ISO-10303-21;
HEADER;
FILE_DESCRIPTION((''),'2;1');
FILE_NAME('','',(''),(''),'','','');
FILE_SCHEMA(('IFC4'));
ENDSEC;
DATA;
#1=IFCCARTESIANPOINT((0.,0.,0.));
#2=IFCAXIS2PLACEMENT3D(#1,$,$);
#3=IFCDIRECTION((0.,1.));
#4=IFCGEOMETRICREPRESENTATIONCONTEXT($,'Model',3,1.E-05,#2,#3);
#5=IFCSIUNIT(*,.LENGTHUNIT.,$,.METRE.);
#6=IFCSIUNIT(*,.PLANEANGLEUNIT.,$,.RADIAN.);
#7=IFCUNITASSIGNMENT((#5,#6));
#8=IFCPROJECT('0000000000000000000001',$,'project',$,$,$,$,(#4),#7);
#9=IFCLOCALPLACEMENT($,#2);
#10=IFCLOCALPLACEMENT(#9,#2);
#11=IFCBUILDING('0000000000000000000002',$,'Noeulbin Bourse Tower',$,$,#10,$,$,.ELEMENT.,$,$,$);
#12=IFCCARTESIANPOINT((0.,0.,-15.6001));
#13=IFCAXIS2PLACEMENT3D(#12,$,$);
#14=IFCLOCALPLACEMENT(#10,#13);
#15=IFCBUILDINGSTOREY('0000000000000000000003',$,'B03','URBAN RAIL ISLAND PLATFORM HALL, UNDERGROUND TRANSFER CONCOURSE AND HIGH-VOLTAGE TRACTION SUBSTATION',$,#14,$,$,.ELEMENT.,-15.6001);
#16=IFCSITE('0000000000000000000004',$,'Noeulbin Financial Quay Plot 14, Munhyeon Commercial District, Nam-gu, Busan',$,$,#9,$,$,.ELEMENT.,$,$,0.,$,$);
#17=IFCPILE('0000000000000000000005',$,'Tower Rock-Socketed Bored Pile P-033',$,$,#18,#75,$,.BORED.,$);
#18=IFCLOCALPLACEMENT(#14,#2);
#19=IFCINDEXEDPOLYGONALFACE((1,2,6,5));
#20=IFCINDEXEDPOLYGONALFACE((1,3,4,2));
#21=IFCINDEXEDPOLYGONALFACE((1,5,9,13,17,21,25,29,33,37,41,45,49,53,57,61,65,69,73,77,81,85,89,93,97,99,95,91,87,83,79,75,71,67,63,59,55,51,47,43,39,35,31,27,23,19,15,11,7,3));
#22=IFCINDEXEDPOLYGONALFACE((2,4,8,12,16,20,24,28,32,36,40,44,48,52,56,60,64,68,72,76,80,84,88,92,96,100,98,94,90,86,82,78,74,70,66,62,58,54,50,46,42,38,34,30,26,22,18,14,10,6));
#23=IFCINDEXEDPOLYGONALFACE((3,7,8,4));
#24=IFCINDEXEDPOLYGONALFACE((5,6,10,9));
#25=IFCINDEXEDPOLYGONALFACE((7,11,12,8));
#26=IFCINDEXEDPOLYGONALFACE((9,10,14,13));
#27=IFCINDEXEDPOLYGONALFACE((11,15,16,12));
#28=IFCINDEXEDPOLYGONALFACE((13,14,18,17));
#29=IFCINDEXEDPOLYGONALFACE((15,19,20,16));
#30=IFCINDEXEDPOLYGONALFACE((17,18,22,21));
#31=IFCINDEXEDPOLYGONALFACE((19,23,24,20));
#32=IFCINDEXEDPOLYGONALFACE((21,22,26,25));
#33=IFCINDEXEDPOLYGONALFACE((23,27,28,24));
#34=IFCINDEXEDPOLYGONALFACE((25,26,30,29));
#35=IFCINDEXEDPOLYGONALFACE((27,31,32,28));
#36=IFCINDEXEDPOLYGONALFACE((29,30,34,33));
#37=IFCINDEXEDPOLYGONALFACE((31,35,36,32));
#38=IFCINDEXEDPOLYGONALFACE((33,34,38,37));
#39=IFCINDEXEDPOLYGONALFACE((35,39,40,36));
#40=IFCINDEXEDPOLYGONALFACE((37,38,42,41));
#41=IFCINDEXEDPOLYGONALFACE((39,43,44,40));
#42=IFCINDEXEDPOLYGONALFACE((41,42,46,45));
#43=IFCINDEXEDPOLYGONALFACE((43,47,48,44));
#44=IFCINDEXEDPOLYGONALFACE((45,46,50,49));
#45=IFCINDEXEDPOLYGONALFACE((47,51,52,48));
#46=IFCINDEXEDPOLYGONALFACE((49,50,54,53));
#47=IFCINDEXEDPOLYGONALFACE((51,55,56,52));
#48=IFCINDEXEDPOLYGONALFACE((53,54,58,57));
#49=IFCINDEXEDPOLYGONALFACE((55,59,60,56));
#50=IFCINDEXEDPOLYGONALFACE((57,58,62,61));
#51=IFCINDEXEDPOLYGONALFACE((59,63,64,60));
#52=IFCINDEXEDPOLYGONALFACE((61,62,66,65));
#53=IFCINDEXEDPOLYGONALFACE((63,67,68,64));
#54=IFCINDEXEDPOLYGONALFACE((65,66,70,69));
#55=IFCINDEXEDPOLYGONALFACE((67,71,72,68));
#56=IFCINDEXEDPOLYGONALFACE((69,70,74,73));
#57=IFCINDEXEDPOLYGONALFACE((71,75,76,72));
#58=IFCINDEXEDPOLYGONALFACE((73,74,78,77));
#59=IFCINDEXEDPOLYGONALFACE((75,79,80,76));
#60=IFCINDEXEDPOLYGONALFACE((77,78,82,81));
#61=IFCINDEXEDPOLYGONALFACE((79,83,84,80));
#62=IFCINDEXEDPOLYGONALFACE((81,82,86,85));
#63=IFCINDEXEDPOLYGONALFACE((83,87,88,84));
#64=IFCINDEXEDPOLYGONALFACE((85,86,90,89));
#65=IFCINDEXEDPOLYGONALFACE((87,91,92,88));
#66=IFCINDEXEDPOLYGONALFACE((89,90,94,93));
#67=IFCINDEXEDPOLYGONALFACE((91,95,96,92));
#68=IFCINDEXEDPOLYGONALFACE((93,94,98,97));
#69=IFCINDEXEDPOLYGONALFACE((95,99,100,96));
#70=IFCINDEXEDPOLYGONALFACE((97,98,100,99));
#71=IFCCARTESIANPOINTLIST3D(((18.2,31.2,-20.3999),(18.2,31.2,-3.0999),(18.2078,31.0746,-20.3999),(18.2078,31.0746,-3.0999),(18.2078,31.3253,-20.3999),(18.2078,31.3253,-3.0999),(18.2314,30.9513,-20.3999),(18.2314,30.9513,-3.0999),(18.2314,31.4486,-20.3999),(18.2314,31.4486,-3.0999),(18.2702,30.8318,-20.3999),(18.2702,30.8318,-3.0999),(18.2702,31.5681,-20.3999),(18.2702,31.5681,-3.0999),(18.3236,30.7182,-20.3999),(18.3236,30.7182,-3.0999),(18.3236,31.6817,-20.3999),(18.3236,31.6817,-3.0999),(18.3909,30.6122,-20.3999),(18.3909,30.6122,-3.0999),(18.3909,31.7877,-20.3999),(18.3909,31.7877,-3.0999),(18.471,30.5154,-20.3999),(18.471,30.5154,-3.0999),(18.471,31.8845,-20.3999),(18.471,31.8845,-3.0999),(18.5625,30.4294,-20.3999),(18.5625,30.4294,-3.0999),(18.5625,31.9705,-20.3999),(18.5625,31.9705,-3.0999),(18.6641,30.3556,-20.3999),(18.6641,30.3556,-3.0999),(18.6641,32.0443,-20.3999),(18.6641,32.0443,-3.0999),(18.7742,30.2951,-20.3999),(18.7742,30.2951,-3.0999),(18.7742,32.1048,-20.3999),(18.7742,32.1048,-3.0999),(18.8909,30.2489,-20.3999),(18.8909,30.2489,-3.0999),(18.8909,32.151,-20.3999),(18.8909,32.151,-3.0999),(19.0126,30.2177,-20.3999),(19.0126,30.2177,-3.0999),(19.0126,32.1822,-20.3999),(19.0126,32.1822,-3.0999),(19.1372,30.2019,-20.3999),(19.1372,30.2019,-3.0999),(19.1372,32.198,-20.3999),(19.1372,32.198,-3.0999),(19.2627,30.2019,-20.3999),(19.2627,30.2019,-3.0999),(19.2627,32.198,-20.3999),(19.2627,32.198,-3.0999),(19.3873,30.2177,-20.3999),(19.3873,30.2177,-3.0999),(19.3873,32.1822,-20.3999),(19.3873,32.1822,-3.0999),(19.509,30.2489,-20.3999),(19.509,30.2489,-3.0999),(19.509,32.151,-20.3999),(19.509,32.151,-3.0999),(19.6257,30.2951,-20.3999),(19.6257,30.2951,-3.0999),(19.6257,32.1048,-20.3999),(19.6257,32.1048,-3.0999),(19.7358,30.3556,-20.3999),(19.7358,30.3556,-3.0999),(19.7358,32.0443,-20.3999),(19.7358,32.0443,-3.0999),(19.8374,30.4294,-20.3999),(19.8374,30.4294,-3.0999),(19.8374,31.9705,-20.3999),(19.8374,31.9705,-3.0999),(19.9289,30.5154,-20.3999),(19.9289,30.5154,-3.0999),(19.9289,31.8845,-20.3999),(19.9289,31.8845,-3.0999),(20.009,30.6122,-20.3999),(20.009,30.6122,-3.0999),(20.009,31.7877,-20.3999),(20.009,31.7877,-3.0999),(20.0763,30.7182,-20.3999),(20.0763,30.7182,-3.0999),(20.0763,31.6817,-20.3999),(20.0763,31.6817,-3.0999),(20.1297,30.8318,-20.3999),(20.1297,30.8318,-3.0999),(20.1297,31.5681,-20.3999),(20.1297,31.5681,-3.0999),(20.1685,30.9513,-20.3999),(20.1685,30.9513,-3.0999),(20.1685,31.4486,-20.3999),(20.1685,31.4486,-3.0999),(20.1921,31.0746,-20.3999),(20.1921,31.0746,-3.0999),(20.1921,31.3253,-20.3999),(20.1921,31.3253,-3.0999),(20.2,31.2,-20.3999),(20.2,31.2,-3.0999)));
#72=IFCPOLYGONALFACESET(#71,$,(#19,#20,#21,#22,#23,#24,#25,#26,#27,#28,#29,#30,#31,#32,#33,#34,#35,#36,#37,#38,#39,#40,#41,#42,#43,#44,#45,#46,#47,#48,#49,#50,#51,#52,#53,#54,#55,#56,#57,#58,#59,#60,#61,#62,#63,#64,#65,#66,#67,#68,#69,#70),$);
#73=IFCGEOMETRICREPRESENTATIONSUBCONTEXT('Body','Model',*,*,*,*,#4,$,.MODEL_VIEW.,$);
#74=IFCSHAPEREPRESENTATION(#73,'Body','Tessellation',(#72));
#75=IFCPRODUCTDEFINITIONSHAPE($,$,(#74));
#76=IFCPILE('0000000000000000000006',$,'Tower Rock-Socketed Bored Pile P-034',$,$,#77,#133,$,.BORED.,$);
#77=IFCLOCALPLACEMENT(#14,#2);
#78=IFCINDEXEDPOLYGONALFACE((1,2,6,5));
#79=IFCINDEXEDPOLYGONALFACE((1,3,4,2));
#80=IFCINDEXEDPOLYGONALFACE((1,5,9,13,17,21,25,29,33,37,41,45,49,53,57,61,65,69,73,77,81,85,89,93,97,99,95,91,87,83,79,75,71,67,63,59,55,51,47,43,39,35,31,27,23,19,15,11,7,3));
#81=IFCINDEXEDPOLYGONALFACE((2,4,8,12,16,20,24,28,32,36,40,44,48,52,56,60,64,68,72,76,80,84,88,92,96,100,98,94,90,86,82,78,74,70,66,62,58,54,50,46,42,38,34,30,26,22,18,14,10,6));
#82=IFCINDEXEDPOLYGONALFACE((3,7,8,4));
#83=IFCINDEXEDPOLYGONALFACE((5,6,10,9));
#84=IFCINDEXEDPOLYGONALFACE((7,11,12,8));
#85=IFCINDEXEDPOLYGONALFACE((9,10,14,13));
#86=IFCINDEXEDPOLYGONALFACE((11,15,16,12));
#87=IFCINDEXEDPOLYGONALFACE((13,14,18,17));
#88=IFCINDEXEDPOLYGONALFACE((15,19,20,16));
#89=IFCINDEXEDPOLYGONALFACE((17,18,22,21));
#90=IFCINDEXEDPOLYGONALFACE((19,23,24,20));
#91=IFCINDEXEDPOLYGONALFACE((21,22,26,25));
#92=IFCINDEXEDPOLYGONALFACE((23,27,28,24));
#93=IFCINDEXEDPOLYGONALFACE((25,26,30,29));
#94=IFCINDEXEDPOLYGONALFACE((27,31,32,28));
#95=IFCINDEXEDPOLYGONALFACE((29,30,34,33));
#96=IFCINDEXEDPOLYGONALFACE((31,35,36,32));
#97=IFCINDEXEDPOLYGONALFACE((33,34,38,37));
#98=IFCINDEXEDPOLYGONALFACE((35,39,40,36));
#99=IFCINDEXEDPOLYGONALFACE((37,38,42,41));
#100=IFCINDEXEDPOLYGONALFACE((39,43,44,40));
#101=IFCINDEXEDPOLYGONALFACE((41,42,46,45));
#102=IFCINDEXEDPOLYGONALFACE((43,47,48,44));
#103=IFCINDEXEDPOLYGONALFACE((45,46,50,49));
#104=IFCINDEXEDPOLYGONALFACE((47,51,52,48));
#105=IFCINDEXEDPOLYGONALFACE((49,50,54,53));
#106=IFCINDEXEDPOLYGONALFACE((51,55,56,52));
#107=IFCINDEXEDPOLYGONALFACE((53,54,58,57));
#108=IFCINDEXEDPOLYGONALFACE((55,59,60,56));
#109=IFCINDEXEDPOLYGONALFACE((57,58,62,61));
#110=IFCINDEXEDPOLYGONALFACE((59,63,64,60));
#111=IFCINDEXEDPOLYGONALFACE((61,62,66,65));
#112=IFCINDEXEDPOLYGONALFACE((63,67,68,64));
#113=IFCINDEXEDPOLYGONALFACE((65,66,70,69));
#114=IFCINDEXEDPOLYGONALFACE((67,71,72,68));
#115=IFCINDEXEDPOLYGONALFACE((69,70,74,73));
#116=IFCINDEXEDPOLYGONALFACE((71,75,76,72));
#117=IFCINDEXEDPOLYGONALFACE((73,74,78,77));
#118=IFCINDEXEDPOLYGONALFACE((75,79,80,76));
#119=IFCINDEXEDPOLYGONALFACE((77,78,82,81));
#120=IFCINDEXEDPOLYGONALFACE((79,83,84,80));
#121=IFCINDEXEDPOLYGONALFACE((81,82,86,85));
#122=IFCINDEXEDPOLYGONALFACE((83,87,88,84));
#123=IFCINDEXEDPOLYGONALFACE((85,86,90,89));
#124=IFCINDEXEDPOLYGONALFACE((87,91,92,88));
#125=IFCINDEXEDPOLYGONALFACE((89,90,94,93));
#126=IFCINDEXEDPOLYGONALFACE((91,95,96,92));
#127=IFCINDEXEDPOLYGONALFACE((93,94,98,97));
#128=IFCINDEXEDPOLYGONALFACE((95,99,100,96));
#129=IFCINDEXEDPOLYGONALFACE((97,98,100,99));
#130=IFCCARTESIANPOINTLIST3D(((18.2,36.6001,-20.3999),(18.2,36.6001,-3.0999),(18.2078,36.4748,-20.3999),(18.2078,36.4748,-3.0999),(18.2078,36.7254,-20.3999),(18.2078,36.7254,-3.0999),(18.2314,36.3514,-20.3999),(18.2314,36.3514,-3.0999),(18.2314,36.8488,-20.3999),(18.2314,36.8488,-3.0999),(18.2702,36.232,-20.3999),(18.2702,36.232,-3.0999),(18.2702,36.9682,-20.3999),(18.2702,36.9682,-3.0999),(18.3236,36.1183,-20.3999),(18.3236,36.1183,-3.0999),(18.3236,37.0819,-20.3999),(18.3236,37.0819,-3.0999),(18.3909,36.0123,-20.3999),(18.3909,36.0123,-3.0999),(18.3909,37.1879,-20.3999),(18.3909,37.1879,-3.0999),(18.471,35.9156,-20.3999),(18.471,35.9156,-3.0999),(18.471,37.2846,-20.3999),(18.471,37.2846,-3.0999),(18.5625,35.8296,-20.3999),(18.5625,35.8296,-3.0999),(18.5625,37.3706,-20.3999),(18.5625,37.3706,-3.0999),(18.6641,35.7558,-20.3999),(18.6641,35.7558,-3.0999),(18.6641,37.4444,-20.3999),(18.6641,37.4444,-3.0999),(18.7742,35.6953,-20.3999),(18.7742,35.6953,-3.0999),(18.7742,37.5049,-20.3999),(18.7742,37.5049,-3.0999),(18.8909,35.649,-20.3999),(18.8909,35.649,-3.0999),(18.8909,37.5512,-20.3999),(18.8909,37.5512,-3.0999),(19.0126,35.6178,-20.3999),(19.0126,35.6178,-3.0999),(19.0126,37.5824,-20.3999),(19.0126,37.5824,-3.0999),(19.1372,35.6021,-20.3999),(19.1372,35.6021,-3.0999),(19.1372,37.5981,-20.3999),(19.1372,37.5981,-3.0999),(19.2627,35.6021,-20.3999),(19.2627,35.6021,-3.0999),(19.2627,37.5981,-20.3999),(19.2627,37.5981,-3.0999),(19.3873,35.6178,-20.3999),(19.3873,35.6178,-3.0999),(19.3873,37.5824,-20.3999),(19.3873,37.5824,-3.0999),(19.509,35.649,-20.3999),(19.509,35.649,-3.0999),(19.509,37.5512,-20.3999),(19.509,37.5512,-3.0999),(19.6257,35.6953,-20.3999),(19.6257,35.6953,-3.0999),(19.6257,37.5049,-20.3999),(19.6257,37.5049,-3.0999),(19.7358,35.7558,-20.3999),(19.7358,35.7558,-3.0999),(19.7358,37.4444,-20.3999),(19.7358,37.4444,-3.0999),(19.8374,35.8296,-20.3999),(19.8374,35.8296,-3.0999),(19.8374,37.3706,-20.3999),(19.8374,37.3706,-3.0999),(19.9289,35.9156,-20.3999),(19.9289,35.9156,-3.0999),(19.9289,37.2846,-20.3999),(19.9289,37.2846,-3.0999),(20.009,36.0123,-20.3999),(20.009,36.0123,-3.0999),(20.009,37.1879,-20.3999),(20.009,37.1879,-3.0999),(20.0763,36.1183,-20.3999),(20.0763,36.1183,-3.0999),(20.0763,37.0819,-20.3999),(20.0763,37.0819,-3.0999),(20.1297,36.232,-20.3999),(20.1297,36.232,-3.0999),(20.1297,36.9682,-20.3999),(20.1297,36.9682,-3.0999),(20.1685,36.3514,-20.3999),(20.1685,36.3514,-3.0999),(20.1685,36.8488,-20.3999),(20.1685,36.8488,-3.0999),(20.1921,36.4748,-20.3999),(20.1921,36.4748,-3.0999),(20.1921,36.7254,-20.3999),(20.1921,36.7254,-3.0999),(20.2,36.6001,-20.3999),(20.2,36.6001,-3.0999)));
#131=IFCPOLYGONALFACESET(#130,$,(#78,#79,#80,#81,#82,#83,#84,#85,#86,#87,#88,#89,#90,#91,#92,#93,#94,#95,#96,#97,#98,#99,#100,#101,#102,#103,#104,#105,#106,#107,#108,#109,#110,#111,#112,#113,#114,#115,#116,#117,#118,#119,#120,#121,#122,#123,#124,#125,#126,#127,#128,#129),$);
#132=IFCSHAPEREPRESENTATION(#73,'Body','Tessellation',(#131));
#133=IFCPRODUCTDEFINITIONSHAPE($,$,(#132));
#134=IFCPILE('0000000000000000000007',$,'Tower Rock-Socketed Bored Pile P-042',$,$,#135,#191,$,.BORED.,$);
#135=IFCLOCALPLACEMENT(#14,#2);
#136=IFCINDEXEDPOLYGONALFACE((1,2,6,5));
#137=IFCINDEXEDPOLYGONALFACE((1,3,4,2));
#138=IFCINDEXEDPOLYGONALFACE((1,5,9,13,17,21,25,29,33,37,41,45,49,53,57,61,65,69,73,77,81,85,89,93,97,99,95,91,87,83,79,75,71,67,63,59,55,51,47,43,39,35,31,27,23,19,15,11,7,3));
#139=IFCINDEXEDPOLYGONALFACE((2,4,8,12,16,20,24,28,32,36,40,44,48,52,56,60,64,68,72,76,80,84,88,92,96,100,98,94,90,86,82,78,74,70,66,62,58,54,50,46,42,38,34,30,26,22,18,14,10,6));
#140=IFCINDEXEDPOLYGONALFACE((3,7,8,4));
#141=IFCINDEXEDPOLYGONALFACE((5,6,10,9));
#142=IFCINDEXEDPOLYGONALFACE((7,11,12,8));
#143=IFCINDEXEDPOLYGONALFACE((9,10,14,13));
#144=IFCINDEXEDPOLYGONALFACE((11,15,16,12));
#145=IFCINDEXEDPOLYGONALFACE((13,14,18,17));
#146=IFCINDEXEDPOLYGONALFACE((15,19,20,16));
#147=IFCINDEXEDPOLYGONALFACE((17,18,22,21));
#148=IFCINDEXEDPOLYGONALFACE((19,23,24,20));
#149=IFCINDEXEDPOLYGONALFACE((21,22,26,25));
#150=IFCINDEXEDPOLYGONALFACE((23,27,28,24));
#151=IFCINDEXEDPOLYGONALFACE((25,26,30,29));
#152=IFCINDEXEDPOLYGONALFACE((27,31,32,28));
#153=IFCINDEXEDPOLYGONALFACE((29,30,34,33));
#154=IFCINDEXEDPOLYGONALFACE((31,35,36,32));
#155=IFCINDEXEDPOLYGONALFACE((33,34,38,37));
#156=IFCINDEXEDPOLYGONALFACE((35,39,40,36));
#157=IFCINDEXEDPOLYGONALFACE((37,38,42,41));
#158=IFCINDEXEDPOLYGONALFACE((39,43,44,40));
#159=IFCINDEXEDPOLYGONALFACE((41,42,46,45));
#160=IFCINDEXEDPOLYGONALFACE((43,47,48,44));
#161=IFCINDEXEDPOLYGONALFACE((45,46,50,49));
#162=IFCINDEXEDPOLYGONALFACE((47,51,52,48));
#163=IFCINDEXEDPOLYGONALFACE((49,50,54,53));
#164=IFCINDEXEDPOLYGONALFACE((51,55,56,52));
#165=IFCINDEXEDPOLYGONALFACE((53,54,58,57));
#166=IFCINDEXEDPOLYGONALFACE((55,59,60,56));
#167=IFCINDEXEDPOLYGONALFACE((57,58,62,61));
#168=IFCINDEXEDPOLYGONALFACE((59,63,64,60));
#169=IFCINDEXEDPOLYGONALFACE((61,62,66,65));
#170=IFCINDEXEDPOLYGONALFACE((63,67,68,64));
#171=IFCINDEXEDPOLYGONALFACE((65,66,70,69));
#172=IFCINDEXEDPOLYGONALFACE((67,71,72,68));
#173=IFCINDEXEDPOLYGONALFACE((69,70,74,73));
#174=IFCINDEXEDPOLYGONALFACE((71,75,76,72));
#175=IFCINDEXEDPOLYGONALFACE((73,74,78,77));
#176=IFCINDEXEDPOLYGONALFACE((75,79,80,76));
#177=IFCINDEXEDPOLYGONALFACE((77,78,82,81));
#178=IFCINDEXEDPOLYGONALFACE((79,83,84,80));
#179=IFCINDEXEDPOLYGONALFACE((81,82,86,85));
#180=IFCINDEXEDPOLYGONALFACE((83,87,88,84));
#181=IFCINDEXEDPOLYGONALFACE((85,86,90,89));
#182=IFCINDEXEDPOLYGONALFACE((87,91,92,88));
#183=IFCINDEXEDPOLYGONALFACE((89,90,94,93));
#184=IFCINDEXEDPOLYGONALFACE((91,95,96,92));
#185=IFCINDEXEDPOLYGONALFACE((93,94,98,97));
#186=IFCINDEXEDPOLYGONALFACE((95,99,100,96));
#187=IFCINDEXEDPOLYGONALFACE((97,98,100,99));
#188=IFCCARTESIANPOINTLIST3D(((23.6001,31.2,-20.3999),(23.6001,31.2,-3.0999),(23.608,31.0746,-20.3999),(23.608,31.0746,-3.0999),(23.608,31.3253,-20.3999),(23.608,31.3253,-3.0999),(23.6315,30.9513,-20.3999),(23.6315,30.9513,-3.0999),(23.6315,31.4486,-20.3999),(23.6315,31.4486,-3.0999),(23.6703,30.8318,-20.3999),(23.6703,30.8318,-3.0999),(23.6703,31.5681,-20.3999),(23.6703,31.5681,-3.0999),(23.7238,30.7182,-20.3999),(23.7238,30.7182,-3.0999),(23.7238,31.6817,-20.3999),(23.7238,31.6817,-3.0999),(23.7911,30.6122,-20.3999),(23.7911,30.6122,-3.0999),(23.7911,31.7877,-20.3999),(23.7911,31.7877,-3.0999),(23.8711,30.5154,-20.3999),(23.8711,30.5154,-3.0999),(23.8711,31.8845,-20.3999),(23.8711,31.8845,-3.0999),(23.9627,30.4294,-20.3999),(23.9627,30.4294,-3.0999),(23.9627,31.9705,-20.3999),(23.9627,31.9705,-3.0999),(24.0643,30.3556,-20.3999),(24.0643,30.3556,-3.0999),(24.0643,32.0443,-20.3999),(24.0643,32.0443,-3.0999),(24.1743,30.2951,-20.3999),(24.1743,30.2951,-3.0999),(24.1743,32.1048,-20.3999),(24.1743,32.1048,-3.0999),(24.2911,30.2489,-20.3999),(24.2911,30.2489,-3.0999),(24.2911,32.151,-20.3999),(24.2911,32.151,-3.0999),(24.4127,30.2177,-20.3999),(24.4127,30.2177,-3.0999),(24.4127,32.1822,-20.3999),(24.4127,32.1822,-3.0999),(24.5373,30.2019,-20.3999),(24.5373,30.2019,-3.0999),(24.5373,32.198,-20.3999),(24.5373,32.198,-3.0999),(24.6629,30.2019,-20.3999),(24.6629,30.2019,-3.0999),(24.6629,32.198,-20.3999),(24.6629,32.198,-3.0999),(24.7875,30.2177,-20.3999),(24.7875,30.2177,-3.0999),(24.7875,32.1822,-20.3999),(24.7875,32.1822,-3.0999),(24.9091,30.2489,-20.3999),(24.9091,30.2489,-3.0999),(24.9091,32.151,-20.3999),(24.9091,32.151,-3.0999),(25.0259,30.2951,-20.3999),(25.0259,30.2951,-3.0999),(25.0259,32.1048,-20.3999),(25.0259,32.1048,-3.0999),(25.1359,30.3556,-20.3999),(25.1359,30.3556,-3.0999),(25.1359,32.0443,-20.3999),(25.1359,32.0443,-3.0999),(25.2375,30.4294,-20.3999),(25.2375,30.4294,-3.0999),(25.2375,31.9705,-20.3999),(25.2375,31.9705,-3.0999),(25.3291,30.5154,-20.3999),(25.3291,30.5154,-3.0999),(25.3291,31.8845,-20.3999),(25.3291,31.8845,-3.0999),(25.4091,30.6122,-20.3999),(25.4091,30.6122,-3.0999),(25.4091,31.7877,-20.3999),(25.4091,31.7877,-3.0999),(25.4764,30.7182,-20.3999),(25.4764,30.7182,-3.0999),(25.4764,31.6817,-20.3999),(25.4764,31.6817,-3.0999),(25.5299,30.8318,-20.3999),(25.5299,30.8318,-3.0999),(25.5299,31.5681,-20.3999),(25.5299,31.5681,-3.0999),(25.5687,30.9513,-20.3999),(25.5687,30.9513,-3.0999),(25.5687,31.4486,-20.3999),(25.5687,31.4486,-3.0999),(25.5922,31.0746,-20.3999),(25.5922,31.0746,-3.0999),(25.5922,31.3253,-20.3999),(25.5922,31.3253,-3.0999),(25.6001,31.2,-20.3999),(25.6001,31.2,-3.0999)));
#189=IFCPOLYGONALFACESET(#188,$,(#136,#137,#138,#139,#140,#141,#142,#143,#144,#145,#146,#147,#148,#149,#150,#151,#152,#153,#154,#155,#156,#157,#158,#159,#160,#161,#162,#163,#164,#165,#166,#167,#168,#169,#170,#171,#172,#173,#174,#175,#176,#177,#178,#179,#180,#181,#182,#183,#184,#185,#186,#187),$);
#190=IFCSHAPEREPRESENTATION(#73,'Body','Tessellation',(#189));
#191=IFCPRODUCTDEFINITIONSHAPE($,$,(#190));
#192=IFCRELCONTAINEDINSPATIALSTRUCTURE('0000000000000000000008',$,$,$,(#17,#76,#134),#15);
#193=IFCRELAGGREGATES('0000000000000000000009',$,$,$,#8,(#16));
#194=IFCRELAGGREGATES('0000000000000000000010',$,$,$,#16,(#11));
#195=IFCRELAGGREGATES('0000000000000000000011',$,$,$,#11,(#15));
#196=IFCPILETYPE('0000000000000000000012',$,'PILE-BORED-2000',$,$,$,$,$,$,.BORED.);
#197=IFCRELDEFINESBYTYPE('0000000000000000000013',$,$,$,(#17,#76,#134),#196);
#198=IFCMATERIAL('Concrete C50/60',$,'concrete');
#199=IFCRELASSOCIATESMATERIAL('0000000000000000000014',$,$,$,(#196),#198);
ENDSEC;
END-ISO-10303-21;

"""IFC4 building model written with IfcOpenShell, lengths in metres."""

from ifc_helpers import new_model, si_unit, direction, frame, origin, origin_2d, place, context, subcontext, project, spatial, circle, extrude, material, material_profile, profile_set, type_object, element, save


model = new_model("IFC4")

# Units and contexts
model_context = context("Model", 3, precision=1e-05, world=origin(), true_north=direction((0.0, 1.0)))
body_context = subcontext(model_context, "Body", "Model", "MODEL_VIEW")
ifc_project = project(units=[si_unit("LENGTHUNIT", "METRE"), si_unit("PLANEANGLEUNIT", "RADIAN")], contexts=[model_context])

# Site, building, storey
site_placement = place(None, origin())
site = spatial("IfcSite", under=ifc_project, at=site_placement, Name="Noeulbin Financial Quay Plot 14, Munhyeon Commercial District, Nam-gu, Busan", CompositionType="ELEMENT", RefElevation=0.0)
building_placement = place(site_placement, origin())
building = spatial("IfcBuilding", under=site, at=building_placement, Name="Noeulbin Bourse Tower", CompositionType="ELEMENT")
storey_placement = place(building_placement, frame((0.0, 0.0, -15.6001)))
storey = spatial("IfcBuildingStorey", under=building, at=storey_placement, Name="B03", Description="URBAN RAIL ISLAND PLATFORM HALL, UNDERGROUND TRANSFER CONCOURSE AND HIGH-VOLTAGE TRACTION SUBSTATION", CompositionType="ELEMENT", Elevation=-15.6001)

# Piles
ifc_material_1 = material(Name="Concrete C50/60", Category="concrete")
ifc_material_profile_1 = material_profile(ifc_material_1, circle(Radius=1.0, at=origin_2d()), Name="PILE-D2000", Category="LoadBearing")
ifc_profile_set_1 = profile_set([ifc_material_profile_1], Name="Concrete C50/60")
pile_type = type_object("IfcPileType", Name="PILE-BORED-2000", PredefinedType="BORED", material=ifc_profile_set_1)
for number, where, z_axis, x_axis, name in (
    (1, (19.2, 31.2, -3.0999), (0.0, 0.0, -1.0), (1.0, 0.0, 0.0), "Tower Rock-Socketed Bored Pile P-033"),
    (2, (19.2, 36.6001, -3.0999), (0.0, 0.0, -1.0), (1.0, 0.0, 0.0), "Tower Rock-Socketed Bored Pile P-034"),
    (3, (24.6001, 31.2, -3.0999), (0.0, 0.0, -1.0), (1.0, 0.0, 0.0), "Tower Rock-Socketed Bored Pile P-042"),
):
    element("IfcPile", number, at=place(storey_placement, frame(where, z_axis=z_axis, x_axis=x_axis)), inside=storey, type_object=pile_type, Name=name, PredefinedType="BORED", context=body_context, shape_type="SweptSolid", body=[
        extrude(circle(Radius=1.0, at=origin_2d()), origin(), (0.0, 0.0, 1.0), 17.3),
    ])

save(model, "model.ifc")
